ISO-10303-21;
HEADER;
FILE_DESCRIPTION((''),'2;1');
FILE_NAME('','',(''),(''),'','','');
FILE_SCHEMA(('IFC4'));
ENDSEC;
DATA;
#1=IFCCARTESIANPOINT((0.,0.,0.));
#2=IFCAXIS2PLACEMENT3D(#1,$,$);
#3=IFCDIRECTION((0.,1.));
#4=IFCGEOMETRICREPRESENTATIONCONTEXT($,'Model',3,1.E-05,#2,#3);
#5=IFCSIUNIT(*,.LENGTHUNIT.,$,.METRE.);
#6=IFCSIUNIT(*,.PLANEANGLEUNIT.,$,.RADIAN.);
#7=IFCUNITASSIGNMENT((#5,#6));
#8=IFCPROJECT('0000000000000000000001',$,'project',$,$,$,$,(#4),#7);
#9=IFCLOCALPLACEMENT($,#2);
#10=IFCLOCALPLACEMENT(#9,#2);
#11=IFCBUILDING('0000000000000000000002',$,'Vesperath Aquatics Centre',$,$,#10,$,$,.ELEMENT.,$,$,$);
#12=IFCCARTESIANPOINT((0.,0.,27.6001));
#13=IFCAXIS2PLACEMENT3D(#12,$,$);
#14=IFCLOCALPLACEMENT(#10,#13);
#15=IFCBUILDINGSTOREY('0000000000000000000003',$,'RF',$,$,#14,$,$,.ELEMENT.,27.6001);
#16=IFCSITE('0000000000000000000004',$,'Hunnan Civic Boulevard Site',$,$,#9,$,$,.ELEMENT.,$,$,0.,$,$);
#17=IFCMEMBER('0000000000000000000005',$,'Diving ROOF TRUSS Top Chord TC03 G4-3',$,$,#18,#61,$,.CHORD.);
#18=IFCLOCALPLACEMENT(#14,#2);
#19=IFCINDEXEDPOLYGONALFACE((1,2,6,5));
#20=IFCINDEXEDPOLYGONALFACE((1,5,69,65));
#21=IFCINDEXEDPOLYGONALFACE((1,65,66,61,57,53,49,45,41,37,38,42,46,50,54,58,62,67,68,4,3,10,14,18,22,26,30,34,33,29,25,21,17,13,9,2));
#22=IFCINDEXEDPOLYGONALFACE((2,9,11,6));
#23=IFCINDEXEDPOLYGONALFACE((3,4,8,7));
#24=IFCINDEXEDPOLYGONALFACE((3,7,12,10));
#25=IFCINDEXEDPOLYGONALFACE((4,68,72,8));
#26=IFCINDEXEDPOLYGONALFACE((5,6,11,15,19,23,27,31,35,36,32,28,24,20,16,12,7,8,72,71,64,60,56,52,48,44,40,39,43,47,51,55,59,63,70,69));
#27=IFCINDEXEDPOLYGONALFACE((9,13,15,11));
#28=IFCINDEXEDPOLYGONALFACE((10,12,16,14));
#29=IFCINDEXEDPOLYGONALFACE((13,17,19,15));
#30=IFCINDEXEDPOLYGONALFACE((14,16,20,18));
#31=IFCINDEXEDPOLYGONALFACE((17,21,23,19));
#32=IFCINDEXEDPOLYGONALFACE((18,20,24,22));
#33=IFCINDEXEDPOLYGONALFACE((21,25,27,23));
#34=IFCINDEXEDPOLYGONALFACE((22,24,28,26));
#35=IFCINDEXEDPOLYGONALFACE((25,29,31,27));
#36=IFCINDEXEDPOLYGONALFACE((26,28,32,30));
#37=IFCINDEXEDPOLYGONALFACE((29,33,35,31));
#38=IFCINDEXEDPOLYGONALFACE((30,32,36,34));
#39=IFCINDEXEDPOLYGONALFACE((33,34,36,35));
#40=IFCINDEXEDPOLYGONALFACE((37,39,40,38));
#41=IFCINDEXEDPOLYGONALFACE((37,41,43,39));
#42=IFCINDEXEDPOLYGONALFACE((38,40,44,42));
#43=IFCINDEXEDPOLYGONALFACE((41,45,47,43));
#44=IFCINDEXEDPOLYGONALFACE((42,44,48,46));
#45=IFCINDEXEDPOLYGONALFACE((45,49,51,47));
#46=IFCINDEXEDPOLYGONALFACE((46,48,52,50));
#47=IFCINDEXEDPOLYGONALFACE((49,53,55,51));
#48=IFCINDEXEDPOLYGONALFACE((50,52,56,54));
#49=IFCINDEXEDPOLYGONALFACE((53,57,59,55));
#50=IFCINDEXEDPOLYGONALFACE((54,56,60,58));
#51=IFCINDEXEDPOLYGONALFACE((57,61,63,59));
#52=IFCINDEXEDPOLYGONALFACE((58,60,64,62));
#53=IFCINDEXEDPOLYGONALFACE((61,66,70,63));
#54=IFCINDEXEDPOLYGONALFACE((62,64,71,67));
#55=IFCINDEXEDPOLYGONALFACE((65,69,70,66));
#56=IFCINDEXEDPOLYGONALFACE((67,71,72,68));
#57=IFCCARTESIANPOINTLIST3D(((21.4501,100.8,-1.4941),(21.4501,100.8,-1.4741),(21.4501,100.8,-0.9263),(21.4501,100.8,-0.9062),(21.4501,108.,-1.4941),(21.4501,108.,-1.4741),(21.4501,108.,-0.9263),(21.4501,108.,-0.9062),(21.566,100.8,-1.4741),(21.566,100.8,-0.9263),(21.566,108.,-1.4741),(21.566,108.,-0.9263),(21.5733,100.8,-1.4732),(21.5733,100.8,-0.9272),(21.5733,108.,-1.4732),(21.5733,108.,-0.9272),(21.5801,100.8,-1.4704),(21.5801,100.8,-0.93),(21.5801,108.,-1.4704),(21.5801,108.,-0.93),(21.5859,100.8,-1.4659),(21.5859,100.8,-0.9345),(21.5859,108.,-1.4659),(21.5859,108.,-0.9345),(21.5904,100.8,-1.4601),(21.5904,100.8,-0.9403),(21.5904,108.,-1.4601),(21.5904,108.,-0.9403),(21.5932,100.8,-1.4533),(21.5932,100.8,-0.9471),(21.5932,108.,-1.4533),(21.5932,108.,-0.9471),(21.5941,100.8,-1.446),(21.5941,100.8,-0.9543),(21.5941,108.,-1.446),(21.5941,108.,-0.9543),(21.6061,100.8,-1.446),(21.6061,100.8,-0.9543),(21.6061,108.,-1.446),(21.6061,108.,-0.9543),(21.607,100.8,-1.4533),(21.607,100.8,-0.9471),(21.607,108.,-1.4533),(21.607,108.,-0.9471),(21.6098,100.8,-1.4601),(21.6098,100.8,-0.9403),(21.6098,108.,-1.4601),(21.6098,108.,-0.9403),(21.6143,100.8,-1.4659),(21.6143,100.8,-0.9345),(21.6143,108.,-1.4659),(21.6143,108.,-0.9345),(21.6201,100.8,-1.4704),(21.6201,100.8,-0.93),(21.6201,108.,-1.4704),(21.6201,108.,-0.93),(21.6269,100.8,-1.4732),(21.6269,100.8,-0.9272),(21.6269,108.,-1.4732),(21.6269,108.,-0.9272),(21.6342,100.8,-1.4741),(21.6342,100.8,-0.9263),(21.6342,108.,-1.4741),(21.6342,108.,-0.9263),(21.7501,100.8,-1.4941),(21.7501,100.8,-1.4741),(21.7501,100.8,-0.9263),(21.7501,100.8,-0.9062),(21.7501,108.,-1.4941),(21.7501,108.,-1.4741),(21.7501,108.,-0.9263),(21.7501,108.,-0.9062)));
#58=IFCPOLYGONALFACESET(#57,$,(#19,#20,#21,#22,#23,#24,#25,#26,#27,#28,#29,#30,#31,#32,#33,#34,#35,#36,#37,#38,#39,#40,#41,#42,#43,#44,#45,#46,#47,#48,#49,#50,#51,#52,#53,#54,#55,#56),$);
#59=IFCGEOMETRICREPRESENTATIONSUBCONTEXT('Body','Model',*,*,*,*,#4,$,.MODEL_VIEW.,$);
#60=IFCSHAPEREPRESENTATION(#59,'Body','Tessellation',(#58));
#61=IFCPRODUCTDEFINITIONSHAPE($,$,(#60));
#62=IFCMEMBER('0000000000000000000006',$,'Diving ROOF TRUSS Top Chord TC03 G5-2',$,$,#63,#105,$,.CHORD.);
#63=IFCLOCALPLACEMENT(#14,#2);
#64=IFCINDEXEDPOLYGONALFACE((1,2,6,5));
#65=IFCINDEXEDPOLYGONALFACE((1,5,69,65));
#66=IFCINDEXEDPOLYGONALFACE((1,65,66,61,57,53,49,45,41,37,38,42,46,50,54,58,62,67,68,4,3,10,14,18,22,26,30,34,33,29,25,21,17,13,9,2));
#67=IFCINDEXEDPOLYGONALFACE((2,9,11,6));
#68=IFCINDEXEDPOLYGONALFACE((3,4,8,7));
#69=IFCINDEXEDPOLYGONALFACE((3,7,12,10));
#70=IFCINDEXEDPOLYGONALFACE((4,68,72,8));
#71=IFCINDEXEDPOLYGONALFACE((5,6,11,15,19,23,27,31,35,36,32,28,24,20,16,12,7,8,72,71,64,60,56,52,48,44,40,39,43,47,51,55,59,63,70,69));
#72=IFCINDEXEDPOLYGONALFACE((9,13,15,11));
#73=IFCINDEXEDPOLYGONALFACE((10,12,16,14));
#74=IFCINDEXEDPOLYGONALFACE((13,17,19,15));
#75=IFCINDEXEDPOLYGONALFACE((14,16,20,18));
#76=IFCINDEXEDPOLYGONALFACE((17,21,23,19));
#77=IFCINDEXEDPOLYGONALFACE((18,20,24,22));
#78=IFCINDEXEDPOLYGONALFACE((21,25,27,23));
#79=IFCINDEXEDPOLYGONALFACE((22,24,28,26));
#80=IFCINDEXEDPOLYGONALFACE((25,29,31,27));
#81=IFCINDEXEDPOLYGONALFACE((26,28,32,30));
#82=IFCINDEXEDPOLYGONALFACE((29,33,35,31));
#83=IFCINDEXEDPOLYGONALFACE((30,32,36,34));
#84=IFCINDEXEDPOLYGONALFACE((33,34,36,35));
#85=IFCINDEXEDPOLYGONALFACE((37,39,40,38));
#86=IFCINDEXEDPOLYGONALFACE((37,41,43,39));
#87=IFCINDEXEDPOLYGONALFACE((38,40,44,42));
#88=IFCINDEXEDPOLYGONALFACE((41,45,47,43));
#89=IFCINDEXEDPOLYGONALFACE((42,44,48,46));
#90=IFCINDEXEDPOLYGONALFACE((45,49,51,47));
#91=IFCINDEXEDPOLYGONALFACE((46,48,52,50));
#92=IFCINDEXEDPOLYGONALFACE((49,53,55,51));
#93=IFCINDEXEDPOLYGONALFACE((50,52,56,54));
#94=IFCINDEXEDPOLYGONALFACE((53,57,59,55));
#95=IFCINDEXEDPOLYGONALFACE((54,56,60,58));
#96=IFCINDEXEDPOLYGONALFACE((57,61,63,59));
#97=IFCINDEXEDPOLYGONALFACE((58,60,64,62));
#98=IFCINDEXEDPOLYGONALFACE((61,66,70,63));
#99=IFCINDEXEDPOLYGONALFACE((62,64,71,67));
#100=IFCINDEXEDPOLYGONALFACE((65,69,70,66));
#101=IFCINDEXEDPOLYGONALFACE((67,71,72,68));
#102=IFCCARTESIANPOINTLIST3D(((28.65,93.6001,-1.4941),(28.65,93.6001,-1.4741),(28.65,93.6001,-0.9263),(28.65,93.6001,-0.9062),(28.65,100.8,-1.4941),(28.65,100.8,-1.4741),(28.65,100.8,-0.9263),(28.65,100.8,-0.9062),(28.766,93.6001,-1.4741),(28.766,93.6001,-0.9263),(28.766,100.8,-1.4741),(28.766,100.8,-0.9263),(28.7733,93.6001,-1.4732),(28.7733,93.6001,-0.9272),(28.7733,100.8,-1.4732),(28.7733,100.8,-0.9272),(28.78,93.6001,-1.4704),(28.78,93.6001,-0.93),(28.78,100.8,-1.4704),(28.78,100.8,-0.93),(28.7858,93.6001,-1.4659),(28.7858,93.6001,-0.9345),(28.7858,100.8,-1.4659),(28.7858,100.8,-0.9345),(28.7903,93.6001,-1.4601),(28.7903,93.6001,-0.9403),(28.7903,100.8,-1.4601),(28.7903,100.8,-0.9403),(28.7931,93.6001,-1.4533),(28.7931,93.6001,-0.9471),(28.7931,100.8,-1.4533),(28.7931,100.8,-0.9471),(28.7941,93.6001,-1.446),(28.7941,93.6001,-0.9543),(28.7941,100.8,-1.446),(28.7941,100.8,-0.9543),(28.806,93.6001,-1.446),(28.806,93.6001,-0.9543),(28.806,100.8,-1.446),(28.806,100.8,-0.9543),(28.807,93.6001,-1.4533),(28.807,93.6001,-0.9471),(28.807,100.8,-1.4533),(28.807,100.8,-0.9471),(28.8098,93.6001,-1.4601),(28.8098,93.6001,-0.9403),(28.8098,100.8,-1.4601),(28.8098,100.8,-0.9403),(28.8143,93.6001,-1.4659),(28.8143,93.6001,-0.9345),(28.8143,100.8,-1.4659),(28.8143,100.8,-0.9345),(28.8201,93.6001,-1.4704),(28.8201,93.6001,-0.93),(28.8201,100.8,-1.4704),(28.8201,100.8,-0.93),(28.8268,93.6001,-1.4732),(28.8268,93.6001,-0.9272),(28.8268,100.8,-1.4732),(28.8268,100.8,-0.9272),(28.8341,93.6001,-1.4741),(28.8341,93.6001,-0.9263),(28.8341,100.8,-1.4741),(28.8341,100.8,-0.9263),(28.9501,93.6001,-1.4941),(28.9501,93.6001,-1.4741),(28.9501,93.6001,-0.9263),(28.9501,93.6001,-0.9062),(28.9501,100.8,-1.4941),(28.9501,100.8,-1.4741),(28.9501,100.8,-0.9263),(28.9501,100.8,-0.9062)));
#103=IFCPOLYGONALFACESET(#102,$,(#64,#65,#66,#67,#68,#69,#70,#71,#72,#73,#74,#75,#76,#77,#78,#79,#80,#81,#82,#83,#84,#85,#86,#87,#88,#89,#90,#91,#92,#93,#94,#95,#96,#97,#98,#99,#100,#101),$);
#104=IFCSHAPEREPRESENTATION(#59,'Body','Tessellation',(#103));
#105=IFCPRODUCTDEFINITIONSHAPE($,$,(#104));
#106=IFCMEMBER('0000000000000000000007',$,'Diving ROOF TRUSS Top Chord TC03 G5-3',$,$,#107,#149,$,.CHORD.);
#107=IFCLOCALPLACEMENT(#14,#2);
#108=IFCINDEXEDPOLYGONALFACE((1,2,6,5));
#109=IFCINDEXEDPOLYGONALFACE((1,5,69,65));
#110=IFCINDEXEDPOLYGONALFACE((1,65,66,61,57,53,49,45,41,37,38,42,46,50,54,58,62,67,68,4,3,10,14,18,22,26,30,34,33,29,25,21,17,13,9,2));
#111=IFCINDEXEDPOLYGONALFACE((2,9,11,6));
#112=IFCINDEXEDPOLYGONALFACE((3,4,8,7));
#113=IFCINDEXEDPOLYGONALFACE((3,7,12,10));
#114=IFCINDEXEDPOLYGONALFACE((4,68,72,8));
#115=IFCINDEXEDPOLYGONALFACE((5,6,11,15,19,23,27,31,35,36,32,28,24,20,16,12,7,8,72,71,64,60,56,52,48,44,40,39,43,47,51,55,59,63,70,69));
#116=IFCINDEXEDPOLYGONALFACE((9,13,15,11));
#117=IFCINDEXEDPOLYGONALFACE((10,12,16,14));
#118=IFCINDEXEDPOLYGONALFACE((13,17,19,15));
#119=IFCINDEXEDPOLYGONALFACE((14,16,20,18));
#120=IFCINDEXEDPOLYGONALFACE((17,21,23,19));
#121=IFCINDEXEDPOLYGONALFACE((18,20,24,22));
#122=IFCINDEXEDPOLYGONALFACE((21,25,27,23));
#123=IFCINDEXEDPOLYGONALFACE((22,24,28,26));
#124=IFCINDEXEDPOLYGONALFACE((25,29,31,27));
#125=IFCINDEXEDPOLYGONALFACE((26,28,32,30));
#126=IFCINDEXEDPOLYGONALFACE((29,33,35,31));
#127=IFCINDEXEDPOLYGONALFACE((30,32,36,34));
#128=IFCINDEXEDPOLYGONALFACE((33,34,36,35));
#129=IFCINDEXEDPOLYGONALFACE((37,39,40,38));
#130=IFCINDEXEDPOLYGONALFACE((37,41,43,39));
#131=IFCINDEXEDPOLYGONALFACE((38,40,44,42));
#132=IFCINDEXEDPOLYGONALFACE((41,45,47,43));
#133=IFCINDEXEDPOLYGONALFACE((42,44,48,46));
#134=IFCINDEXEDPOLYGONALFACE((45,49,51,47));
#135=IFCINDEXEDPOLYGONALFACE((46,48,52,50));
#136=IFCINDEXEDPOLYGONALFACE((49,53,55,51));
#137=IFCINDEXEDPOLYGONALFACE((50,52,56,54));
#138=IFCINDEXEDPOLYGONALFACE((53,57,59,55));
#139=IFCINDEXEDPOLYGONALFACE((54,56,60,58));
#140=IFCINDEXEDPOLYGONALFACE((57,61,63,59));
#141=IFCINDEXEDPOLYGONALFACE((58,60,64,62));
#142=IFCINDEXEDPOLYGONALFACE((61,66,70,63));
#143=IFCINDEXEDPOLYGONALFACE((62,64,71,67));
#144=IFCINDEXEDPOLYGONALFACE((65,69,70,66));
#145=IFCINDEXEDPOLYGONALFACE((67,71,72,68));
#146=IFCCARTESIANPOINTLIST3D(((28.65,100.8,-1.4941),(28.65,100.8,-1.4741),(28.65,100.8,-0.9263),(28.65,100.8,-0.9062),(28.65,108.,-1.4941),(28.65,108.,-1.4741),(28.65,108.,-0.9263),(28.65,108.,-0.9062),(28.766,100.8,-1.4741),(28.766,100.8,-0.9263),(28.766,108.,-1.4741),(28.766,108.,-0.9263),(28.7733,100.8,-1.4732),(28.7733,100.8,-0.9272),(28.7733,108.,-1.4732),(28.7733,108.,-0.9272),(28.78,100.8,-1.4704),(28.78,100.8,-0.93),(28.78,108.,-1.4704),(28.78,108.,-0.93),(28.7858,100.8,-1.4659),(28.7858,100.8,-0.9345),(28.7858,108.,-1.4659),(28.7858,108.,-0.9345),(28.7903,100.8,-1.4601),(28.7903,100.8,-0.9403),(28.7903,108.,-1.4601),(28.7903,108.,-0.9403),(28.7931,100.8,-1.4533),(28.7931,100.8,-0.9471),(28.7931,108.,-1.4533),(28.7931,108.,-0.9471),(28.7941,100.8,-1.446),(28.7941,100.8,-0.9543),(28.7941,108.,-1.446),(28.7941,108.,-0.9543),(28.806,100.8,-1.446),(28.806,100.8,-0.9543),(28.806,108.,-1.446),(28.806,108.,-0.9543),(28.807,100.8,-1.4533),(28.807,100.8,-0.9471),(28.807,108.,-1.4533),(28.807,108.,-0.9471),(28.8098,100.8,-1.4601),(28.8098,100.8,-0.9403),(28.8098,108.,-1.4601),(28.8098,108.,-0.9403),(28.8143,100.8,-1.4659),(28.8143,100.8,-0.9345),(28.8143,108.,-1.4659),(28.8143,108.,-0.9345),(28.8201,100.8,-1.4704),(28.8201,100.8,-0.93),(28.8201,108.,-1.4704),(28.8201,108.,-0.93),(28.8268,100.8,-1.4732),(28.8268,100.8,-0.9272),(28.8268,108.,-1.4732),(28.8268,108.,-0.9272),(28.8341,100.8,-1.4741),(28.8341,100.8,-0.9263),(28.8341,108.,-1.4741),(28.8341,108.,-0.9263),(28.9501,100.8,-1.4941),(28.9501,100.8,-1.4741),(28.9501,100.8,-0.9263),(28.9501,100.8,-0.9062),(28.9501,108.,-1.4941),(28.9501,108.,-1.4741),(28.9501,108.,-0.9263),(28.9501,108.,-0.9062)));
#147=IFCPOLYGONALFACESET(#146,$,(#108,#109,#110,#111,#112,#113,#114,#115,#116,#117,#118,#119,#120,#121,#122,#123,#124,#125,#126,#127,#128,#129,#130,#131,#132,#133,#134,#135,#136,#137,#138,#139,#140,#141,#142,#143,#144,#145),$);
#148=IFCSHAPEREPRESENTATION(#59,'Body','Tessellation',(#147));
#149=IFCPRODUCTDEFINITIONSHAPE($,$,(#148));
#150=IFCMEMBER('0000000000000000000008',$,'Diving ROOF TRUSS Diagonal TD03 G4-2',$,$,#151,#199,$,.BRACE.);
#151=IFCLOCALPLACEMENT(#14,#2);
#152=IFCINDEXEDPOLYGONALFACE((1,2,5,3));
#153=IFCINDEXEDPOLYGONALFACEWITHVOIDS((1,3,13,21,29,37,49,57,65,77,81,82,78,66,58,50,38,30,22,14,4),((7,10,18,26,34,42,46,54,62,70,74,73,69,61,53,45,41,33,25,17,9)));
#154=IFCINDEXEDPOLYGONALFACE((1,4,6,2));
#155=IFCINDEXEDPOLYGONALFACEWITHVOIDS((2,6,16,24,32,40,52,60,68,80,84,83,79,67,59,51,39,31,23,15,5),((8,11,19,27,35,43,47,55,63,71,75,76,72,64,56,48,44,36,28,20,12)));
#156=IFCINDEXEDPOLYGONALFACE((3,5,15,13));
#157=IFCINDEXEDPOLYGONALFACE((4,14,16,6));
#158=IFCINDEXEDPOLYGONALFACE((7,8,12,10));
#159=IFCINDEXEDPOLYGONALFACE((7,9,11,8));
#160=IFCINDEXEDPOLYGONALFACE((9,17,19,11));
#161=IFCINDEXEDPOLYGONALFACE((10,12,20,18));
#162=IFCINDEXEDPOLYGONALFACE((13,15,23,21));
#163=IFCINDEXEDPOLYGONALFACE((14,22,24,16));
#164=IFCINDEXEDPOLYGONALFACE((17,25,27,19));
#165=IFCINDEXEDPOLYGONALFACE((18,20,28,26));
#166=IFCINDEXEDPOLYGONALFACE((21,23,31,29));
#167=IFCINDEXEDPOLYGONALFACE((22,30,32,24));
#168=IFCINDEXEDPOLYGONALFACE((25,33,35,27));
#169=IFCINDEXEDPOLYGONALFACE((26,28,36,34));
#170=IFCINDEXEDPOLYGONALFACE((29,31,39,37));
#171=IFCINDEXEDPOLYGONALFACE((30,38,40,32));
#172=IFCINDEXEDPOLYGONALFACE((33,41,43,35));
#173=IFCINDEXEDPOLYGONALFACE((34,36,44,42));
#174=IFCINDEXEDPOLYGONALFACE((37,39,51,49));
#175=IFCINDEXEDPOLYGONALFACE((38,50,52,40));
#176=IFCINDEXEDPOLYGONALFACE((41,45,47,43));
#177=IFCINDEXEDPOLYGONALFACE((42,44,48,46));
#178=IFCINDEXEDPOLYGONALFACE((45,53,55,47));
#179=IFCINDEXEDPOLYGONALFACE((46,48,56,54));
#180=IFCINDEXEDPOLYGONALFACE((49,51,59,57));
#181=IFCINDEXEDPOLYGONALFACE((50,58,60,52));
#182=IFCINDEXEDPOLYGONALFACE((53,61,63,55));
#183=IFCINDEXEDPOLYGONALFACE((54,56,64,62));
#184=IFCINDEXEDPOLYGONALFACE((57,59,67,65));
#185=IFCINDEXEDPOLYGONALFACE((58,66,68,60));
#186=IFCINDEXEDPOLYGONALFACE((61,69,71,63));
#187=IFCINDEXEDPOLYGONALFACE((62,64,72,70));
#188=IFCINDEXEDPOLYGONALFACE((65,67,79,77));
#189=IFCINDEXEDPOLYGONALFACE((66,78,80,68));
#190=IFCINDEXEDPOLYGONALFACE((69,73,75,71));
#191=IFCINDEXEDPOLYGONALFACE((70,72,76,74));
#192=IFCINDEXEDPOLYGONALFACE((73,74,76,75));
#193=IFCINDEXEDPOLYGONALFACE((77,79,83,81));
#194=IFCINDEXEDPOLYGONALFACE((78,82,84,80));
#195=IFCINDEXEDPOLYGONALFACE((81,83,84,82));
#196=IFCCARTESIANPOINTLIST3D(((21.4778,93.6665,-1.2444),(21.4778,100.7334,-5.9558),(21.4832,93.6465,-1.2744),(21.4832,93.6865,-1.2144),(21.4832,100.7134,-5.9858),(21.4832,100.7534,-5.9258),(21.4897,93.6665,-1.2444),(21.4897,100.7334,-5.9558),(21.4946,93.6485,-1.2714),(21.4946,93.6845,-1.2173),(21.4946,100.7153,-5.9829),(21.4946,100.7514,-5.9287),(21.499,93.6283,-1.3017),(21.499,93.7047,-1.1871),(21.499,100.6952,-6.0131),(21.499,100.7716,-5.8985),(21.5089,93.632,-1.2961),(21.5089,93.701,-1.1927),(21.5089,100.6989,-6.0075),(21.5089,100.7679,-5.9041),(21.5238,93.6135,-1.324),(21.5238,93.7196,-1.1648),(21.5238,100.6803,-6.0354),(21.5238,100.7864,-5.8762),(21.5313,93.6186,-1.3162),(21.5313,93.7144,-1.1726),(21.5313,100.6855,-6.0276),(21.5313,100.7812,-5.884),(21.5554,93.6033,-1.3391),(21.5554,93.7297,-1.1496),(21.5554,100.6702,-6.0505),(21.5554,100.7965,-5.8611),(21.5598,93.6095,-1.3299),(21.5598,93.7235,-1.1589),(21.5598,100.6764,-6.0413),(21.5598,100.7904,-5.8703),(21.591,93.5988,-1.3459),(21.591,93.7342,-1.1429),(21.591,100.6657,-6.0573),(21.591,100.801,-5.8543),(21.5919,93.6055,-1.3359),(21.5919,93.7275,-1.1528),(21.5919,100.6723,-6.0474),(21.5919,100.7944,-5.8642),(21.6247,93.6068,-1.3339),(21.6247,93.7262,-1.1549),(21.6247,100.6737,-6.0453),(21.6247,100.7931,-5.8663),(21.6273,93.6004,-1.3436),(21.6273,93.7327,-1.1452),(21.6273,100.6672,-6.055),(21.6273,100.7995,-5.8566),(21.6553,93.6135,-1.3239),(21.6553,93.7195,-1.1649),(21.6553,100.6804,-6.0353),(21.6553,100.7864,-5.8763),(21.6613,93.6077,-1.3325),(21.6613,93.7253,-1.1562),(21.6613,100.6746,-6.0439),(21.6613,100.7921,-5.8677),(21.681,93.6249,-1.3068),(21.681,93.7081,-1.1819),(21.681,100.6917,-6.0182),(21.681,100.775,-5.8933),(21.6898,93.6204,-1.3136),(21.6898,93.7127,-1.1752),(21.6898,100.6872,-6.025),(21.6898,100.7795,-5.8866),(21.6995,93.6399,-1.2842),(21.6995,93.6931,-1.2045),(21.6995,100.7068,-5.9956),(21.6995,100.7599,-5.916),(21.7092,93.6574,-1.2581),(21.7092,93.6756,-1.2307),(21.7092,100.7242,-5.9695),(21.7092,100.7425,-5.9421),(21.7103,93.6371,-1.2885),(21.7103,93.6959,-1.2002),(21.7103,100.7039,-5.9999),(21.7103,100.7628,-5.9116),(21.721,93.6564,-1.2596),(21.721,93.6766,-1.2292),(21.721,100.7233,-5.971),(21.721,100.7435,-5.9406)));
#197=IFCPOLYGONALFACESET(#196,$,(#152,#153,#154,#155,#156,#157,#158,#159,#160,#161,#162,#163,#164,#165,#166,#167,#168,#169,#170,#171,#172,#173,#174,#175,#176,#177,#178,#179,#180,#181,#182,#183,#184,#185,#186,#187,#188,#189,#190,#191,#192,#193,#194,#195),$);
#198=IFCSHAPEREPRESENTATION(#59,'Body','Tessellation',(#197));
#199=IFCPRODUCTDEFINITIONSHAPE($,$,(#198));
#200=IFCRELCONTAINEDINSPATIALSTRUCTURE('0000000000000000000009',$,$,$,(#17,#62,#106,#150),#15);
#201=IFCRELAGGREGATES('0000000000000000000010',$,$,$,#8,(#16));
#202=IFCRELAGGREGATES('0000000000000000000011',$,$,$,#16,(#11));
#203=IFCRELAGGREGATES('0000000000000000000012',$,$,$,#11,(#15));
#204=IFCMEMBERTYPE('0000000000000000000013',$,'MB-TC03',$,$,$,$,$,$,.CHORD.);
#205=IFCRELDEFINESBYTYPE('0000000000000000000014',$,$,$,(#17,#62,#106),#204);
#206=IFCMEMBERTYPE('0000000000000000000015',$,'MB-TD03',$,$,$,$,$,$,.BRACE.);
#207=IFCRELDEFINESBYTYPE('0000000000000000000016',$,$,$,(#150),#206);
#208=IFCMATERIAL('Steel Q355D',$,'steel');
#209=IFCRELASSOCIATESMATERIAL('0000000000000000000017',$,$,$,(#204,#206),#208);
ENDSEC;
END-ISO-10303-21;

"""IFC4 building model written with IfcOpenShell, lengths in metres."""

from ifc_helpers import new_model, si_unit, direction, frame, origin, origin_2d, place, context, subcontext, project, spatial, hollow_circle, i_section, extrude, material, material_profile, profile_set, type_object, element, save


model = new_model("IFC4")

# Units and contexts
model_context = context("Model", 3, precision=1e-05, world=origin(), true_north=direction((0.0, 1.0)))
body_context = subcontext(model_context, "Body", "Model", "MODEL_VIEW")
ifc_project = project(units=[si_unit("LENGTHUNIT", "METRE"), si_unit("PLANEANGLEUNIT", "RADIAN")], contexts=[model_context])

# Site, building, storey
site_placement = place(None, origin())
site = spatial("IfcSite", under=ifc_project, at=site_placement, Name="Hunnan Civic Boulevard Site", CompositionType="ELEMENT", RefElevation=0.0)
building_placement = place(site_placement, origin())
building = spatial("IfcBuilding", under=site, at=building_placement, Name="Vesperath Aquatics Centre", CompositionType="ELEMENT")
storey_placement = place(building_placement, frame((0.0, 0.0, 27.6001)))
storey = spatial("IfcBuildingStorey", under=building, at=storey_placement, Name="RF", CompositionType="ELEMENT", Elevation=27.6001)

# Members
ifc_material_1 = material(Name="Steel Q355D", Category="steel")
ifc_material_profile_1 = material_profile(ifc_material_1, i_section(OverallWidth=0.3, OverallDepth=0.5879, WebThickness=0.012, FlangeThickness=0.02, FilletRadius=0.0281, at=origin_2d()), Name="HM 588x300x12x20")
ifc_profile_set_1 = profile_set([ifc_material_profile_1], Name="Steel Q355D")
member_type_1 = type_object("IfcMemberType", Name="MB-TC03", PredefinedType="CHORD", material=ifc_profile_set_1)
for number, where, z_axis, x_axis, name in (
    (1, (21.6001, 100.8, -1.2002), (0.0, 1.0, 0.0), (-1.0, 0.0, 0.0), "Diving ROOF TRUSS Top Chord TC03 G4-3"),
    (2, (28.8, 93.6001, -1.2002), (0.0, 1.0, 0.0), (-1.0, 0.0, 0.0), "Diving ROOF TRUSS Top Chord TC03 G5-2"),
    (3, (28.8, 100.8, -1.2002), (0.0, 1.0, 0.0), (-1.0, 0.0, 0.0), "Diving ROOF TRUSS Top Chord TC03 G5-3"),
):
    element("IfcMember", number, at=place(storey_placement, frame(where, z_axis=z_axis, x_axis=x_axis)), inside=storey, type_object=member_type_1, Name=name, PredefinedType="CHORD", context=body_context, shape_type="SweptSolid", body=[
        extrude(i_section(OverallWidth=0.3, OverallDepth=0.5879, WebThickness=0.012, FlangeThickness=0.02, FilletRadius=0.0281, at=origin_2d()), origin(), (0.0, 0.0, 1.0), 7.2),
    ])
ifc_material_profile_2 = material_profile(ifc_material_1, hollow_circle(Radius=0.1223, WallThickness=0.012, at=origin_2d()), Name="CHS 244.5x12")
ifc_profile_set_2 = profile_set([ifc_material_profile_2], Name="Steel Q355D")
member_type_2 = type_object("IfcMemberType", Name="MB-TD03", PredefinedType="BRACE", material=ifc_profile_set_2)
for number, where, z_axis, x_axis, name in (
    (4, (21.6001, 93.6665, -1.2444), (0.0, 0.832041, -0.554713), (-1.0, 0.0, 0.0), "Diving ROOF TRUSS Diagonal TD03 G4-2"),
):
    element("IfcMember", number, at=place(storey_placement, frame(where, z_axis=z_axis, x_axis=x_axis)), inside=storey, type_object=member_type_2, Name=name, PredefinedType="BRACE", context=body_context, shape_type="SweptSolid", body=[
        extrude(hollow_circle(Radius=0.1223, WallThickness=0.012, at=origin_2d()), origin(), (0.0, 0.0, 1.0), 8.4934),
    ])

save(model, "model.ifc")
